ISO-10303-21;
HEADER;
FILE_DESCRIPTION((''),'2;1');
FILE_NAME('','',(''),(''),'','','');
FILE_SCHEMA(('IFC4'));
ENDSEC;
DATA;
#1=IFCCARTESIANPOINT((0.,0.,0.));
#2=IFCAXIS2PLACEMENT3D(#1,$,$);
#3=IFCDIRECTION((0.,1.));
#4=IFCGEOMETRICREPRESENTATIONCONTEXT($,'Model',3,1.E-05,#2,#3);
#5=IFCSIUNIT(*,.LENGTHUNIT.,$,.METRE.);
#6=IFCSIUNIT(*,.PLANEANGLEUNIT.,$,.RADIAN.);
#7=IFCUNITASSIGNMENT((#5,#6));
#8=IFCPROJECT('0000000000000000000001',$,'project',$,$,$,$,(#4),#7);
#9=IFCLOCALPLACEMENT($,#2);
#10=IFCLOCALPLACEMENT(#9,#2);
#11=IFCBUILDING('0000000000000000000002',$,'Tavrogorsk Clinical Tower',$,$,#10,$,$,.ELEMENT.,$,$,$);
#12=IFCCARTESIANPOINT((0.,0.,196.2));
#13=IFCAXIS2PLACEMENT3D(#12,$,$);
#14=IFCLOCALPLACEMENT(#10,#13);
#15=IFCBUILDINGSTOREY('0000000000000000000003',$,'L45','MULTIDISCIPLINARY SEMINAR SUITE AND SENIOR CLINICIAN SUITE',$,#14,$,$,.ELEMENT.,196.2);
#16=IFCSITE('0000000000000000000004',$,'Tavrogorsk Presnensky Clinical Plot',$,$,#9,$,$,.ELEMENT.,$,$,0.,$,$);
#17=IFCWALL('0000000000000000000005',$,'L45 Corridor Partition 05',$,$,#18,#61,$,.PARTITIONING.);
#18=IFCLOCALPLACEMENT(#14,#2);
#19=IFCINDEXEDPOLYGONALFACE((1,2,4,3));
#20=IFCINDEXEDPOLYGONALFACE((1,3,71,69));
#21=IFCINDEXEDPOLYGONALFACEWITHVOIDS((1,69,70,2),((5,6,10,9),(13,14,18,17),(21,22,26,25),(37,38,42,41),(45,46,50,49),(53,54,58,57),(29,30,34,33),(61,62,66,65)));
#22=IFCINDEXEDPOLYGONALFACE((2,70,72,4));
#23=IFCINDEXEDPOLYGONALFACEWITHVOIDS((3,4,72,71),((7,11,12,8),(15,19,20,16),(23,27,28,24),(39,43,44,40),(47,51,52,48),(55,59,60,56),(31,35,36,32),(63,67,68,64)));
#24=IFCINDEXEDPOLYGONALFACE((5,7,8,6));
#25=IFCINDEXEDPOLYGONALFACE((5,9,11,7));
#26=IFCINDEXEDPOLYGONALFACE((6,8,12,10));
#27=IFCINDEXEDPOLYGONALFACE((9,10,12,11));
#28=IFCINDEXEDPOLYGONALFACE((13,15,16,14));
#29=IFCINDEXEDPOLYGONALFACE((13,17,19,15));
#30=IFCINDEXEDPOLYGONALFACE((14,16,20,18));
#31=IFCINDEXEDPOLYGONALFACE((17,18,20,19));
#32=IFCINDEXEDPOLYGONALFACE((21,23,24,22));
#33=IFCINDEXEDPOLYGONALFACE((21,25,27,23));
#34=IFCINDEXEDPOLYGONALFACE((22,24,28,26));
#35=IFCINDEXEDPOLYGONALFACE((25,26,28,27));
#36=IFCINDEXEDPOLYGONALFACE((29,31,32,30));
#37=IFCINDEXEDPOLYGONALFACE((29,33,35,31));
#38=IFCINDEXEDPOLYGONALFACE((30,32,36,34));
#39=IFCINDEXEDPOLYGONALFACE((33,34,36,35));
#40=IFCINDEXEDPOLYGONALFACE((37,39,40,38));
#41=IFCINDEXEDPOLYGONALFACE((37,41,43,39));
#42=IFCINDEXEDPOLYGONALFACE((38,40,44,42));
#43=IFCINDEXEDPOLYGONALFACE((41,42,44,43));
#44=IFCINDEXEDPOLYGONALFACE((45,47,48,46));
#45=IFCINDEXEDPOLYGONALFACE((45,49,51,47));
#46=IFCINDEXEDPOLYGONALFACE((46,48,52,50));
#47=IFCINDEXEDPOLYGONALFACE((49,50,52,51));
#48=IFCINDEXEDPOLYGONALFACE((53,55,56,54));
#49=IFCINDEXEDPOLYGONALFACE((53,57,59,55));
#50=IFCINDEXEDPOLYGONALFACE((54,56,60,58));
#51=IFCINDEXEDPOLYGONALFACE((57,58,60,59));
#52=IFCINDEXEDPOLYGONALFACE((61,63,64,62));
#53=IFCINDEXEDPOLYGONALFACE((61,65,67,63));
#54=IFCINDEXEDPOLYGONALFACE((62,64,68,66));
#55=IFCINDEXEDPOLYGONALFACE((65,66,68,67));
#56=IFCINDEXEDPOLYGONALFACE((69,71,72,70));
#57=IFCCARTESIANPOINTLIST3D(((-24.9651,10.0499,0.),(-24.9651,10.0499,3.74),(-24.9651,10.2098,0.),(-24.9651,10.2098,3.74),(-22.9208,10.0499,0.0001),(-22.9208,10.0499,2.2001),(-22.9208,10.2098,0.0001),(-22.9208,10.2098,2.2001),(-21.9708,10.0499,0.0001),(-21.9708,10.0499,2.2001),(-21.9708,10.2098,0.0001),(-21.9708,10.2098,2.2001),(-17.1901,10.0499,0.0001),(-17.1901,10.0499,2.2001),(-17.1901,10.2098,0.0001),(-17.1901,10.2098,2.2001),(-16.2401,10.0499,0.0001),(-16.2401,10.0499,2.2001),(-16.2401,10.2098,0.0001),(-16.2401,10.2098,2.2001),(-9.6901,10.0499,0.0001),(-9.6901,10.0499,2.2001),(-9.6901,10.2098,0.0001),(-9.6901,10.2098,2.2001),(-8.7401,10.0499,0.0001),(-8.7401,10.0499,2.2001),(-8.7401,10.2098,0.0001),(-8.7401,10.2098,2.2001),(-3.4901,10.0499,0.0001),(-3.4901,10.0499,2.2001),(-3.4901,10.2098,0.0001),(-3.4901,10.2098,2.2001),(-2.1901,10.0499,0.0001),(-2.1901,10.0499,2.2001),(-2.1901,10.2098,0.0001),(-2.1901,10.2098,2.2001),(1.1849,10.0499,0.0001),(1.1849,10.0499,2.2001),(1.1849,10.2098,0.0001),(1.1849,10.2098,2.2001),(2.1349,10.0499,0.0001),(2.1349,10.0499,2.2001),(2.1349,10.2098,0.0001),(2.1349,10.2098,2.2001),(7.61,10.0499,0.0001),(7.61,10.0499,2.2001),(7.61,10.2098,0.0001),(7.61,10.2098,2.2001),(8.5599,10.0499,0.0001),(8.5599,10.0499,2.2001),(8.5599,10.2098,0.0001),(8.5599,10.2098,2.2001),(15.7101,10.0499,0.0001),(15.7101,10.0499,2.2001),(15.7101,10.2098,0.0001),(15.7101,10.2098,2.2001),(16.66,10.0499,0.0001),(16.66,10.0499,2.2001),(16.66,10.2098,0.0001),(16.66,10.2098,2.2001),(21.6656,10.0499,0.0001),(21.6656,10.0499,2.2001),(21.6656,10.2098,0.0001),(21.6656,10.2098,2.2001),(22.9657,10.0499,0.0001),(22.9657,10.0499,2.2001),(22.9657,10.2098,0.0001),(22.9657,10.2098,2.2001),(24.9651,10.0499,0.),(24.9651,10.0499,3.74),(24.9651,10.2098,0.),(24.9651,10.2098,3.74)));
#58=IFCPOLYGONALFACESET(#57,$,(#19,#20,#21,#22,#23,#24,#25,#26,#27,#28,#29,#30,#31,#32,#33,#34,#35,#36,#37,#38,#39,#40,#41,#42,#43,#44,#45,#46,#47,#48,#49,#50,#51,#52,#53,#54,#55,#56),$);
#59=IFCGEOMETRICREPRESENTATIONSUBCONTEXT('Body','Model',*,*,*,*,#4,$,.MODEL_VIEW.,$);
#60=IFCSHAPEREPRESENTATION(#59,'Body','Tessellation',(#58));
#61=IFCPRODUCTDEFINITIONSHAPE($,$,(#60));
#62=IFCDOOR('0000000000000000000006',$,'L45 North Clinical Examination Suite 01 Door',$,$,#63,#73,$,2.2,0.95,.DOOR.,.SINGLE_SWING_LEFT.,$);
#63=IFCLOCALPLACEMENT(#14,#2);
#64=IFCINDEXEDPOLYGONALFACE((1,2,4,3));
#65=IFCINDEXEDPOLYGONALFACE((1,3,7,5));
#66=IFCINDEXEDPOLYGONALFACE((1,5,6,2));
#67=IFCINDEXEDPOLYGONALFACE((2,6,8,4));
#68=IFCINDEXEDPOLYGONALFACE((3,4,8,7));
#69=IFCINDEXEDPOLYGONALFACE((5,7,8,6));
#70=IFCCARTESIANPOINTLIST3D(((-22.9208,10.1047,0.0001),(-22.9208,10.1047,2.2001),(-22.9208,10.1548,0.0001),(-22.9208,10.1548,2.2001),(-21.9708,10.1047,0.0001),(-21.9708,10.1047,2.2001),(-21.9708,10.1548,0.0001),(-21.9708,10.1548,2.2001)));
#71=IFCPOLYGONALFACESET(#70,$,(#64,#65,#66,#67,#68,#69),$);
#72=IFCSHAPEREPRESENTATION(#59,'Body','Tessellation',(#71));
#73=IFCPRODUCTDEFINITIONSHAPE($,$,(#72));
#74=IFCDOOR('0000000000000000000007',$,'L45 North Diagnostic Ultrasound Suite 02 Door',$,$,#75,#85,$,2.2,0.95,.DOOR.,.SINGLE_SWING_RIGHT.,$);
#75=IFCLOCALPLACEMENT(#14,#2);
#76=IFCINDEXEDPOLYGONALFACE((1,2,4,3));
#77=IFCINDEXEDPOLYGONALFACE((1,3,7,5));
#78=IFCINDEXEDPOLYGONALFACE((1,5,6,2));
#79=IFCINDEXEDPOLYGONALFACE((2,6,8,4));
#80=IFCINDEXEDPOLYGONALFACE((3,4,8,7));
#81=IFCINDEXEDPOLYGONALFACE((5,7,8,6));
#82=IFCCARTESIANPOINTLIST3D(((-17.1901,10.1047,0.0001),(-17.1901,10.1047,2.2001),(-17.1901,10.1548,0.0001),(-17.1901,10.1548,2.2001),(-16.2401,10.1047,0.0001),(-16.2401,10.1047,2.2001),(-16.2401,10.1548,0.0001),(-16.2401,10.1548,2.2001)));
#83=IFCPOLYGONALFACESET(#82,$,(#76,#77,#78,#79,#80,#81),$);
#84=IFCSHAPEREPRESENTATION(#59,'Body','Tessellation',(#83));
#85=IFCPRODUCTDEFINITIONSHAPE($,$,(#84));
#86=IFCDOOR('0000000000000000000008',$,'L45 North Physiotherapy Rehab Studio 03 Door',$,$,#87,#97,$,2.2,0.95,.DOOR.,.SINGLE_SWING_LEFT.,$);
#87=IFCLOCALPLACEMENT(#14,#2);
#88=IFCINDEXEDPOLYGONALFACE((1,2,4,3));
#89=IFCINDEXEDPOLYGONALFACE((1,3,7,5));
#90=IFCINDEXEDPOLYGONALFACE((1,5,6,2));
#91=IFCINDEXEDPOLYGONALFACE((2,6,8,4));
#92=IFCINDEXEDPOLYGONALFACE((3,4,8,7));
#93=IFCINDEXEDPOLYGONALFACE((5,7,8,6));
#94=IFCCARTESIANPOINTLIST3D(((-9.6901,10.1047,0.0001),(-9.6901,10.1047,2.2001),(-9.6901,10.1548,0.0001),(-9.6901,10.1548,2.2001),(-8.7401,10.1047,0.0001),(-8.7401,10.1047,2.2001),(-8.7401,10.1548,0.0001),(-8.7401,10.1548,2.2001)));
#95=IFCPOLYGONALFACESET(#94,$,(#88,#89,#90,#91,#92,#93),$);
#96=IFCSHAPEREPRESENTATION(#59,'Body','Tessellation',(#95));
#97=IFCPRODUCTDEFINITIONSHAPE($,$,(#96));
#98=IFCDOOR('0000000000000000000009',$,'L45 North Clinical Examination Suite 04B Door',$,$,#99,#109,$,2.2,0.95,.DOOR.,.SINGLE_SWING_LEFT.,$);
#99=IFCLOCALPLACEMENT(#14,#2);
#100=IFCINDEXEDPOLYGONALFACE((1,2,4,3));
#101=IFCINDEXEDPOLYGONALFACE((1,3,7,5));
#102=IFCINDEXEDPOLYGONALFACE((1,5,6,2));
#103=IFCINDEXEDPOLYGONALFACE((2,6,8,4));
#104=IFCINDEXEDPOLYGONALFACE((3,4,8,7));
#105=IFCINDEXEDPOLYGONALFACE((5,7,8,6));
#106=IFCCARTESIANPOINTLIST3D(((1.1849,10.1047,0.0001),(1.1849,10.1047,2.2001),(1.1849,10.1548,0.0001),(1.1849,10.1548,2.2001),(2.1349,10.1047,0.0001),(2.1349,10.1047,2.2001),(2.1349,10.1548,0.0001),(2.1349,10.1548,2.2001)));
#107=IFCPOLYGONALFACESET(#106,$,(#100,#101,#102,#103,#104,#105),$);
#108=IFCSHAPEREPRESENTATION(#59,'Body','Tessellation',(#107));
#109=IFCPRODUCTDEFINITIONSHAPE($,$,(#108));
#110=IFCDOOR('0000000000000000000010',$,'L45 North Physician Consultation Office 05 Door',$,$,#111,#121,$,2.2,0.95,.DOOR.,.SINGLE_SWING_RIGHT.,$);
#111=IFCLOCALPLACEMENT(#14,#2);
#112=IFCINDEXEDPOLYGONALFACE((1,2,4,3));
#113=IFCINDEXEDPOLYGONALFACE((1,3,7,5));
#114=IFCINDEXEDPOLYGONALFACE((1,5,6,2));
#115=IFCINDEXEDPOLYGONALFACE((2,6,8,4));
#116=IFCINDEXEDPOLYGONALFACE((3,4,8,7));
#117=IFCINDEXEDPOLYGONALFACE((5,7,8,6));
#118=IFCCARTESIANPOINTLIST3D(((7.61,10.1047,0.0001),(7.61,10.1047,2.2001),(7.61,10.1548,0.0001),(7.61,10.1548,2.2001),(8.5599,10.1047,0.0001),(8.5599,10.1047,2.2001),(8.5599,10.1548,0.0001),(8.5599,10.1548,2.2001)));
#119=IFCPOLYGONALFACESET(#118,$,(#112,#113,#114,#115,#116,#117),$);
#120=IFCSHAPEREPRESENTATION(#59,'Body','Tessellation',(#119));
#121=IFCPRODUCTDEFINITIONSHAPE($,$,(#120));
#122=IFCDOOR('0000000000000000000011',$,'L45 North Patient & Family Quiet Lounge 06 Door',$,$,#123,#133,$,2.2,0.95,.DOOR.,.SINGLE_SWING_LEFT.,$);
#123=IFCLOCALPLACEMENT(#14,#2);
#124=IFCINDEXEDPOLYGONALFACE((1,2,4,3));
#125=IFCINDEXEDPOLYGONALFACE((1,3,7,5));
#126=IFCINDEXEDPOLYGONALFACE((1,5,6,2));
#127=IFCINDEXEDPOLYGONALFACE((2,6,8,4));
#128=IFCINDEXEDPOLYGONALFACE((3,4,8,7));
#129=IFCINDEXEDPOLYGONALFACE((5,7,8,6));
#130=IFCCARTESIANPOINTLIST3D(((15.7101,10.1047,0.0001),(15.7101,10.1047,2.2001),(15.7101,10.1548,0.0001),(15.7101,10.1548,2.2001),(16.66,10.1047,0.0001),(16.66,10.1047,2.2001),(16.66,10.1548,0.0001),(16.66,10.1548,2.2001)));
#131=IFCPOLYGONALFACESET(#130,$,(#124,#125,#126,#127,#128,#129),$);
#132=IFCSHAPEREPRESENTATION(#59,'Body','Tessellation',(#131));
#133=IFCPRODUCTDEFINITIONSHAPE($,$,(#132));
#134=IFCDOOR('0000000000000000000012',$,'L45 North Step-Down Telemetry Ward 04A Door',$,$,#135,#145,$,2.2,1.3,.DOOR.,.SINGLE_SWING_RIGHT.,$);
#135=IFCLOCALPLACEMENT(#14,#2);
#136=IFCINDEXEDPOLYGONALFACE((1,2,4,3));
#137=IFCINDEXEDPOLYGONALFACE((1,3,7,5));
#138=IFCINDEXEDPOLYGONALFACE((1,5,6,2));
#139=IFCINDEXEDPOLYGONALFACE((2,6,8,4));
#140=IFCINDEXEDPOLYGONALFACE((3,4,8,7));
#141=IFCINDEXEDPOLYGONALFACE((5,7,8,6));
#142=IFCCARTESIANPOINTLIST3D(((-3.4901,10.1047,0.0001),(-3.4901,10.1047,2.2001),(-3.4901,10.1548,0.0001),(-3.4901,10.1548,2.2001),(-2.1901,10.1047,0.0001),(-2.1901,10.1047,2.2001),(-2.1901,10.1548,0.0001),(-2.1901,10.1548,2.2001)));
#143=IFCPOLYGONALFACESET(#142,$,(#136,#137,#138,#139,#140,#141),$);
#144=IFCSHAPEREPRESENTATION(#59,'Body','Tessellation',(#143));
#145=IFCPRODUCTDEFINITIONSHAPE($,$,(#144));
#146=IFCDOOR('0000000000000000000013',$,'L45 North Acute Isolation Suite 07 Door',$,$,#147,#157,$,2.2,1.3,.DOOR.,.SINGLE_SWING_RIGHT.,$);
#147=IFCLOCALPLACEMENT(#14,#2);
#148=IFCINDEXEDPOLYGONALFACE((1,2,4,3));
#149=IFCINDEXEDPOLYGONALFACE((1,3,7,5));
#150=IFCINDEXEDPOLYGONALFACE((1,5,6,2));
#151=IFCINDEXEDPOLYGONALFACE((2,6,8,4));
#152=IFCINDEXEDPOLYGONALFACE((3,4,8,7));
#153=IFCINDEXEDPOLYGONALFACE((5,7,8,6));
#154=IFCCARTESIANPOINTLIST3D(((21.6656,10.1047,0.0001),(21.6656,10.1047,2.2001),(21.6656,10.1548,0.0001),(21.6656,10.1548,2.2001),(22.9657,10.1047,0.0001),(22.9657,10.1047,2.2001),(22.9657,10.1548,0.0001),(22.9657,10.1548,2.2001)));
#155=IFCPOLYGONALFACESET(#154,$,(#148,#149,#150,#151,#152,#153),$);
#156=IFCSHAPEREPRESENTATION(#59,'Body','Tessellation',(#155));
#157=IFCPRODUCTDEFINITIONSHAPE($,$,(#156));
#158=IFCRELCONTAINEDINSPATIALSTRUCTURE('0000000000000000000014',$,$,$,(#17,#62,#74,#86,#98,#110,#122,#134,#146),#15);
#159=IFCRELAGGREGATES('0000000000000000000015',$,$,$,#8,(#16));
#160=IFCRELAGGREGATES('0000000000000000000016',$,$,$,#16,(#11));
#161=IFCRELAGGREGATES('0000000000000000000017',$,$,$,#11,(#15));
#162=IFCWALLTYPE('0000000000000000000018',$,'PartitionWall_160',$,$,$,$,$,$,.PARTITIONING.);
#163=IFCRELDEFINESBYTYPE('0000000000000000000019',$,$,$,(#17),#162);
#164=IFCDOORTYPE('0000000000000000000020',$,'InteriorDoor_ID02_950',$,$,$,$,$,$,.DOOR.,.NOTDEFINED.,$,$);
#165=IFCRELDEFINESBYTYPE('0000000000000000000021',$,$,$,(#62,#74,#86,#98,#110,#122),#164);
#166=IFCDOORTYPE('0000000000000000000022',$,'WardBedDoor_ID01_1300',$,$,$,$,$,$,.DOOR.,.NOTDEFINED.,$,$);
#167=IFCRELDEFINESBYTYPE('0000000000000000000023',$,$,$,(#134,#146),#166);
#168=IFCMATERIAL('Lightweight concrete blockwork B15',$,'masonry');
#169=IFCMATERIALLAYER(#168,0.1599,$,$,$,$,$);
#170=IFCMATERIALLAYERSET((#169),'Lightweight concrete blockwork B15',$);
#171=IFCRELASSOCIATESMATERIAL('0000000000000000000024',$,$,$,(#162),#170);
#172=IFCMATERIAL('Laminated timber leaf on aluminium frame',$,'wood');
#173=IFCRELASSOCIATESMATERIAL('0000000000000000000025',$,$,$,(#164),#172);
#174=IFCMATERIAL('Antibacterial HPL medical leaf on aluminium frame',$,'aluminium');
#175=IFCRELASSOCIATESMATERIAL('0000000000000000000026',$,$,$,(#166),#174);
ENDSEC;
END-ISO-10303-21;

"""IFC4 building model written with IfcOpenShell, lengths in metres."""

from ifc_helpers import new_model, si_unit, direction, frame, frame_2d, origin, place, context, subcontext, project, spatial, rectangle, extrude, material, layer, layer_set, type_object, element, fill, save


model = new_model("IFC4")

# Units and contexts
model_context = context("Model", 3, precision=1e-05, world=origin(), true_north=direction((0.0, 1.0)))
body_context = subcontext(model_context, "Body", "Model", "MODEL_VIEW")
ifc_project = project(units=[si_unit("LENGTHUNIT", "METRE"), si_unit("PLANEANGLEUNIT", "RADIAN")], contexts=[model_context])

# Site, building, storey
site_placement = place(None, origin())
site = spatial("IfcSite", under=ifc_project, at=site_placement, Name="Tavrogorsk Presnensky Clinical Plot", CompositionType="ELEMENT", RefElevation=0.0)
building_placement = place(site_placement, origin())
building = spatial("IfcBuilding", under=site, at=building_placement, Name="Tavrogorsk Clinical Tower", CompositionType="ELEMENT")
storey_placement = place(building_placement, frame((0.0, 0.0, 196.2)))
storey = spatial("IfcBuildingStorey", under=building, at=storey_placement, Name="L45", Description="MULTIDISCIPLINARY SEMINAR SUITE AND SENIOR CLINICIAN SUITE", CompositionType="ELEMENT", Elevation=196.2)

# Shared definitions
ifc_material_1 = material(Name="Lightweight concrete blockwork B15", Category="masonry")
ifc_layer_1 = layer(ifc_material_1, 0.1599)
ifc_layer_set_1 = layer_set([ifc_layer_1], Name="Lightweight concrete blockwork B15")
wall_type_1 = type_object("IfcWallType", Name="PartitionWall_160", PredefinedType="PARTITIONING", material=ifc_layer_set_1)
ifc_material_2 = material(Name="Laminated timber leaf on aluminium frame", Category="wood")
door_type_1 = type_object("IfcDoorType", Name="InteriorDoor_ID02_950", OperationType="NOTDEFINED", PredefinedType="DOOR", material=ifc_material_2)

# Wall, openings, doors
wall_1_placement = place(storey_placement, frame((-24.9651, 10.1299, 0.0), z_axis=(0.0, 0.0, 1.0), x_axis=(1.0, 0.0, 0.0)))
wall_1 = element("IfcWall", 1, at=wall_1_placement, inside=storey, type_object=wall_type_1, Name="L45 Corridor Partition 05", PredefinedType="PARTITIONING", context=body_context, shape_type="SweptSolid", body=[
    extrude(rectangle(XDim=49.9302, YDim=0.1599, at=frame_2d((24.9651, 0.0))), origin(), (0.0, 0.0, 1.0), 3.74),
])
opening_1_placement = place(wall_1_placement, frame((2.0442, 0.0, 0.0)))
opening_1 = element("IfcOpeningElement", 2, at=opening_1_placement, cuts=wall_1, PredefinedType="OPENING", context=body_context, shape_type="SweptSolid", body=[
    extrude(rectangle(XDim=0.95, YDim=2.2, at=frame_2d((0.4751, 1.1001))), frame((0.0, 0.0898, 0.0), z_axis=(0.0, -1.0, 0.0), x_axis=(1.0, 0.0, 0.0)), (0.0, 0.0, 1.0), 0.1799),
])
opening_2_placement = place(wall_1_placement, frame((7.7749, 0.0, 0.0)))
opening_2 = element("IfcOpeningElement", 3, at=opening_2_placement, cuts=wall_1, PredefinedType="OPENING", context=body_context, shape_type="SweptSolid", body=[
    extrude(rectangle(XDim=0.95, YDim=2.2, at=frame_2d((0.4751, 1.1001))), frame((0.0, 0.0898, 0.0), z_axis=(0.0, -1.0, 0.0), x_axis=(1.0, 0.0, 0.0)), (0.0, 0.0, 1.0), 0.1799),
])
opening_3_placement = place(wall_1_placement, frame((15.2749, 0.0, 0.0)))
opening_3 = element("IfcOpeningElement", 4, at=opening_3_placement, cuts=wall_1, PredefinedType="OPENING", context=body_context, shape_type="SweptSolid", body=[
    extrude(rectangle(XDim=0.95, YDim=2.2, at=frame_2d((0.4751, 1.1001))), frame((0.0, 0.0898, 0.0), z_axis=(0.0, -1.0, 0.0), x_axis=(1.0, 0.0, 0.0)), (0.0, 0.0, 1.0), 0.1799),
])
opening_4_placement = place(wall_1_placement, frame((21.4751, 0.0, 0.0)))
opening_4 = element("IfcOpeningElement", 5, at=opening_4_placement, cuts=wall_1, PredefinedType="OPENING", context=body_context, shape_type="SweptSolid", body=[
    extrude(rectangle(XDim=1.3, YDim=2.2, at=frame_2d((0.6499, 1.1001))), frame((0.0, 0.0898, 0.0), z_axis=(0.0, -1.0, 0.0), x_axis=(1.0, 0.0, 0.0)), (0.0, 0.0, 1.0), 0.1799),
])
opening_5_placement = place(wall_1_placement, frame((26.1499, 0.0, 0.0)))
opening_5 = element("IfcOpeningElement", 6, at=opening_5_placement, cuts=wall_1, PredefinedType="OPENING", context=body_context, shape_type="SweptSolid", body=[
    extrude(rectangle(XDim=0.95, YDim=2.2, at=frame_2d((0.4751, 1.1001))), frame((0.0, 0.0898, 0.0), z_axis=(0.0, -1.0, 0.0), x_axis=(1.0, 0.0, 0.0)), (0.0, 0.0, 1.0), 0.1799),
])
opening_6_placement = place(wall_1_placement, frame((32.575, 0.0, 0.0)))
opening_6 = element("IfcOpeningElement", 7, at=opening_6_placement, cuts=wall_1, PredefinedType="OPENING", context=body_context, shape_type="SweptSolid", body=[
    extrude(rectangle(XDim=0.95, YDim=2.2, at=frame_2d((0.4751, 1.1001))), frame((0.0, 0.0898, 0.0), z_axis=(0.0, -1.0, 0.0), x_axis=(1.0, 0.0, 0.0)), (0.0, 0.0, 1.0), 0.1799),
])
opening_7_placement = place(wall_1_placement, frame((40.675, 0.0, 0.0)))
opening_7 = element("IfcOpeningElement", 8, at=opening_7_placement, cuts=wall_1, PredefinedType="OPENING", context=body_context, shape_type="SweptSolid", body=[
    extrude(rectangle(XDim=0.95, YDim=2.2, at=frame_2d((0.4751, 1.1001))), frame((0.0, 0.0898, 0.0), z_axis=(0.0, -1.0, 0.0), x_axis=(1.0, 0.0, 0.0)), (0.0, 0.0, 1.0), 0.1799),
])
opening_8_placement = place(wall_1_placement, frame((46.6309, 0.0, 0.0)))
opening_8 = element("IfcOpeningElement", 9, at=opening_8_placement, cuts=wall_1, PredefinedType="OPENING", context=body_context, shape_type="SweptSolid", body=[
    extrude(rectangle(XDim=1.3, YDim=2.2, at=frame_2d((0.6499, 1.1001))), frame((0.0, 0.0898, 0.0), z_axis=(0.0, -1.0, 0.0), x_axis=(1.0, 0.0, 0.0)), (0.0, 0.0, 1.0), 0.1799),
])
door_1_placement = place(opening_1_placement, origin())
door_1 = element("IfcDoor", 10, at=door_1_placement, inside=storey, type_object=door_type_1, Name="L45 North Clinical Examination Suite 01 Door", OperationType="SINGLE_SWING_LEFT", OverallHeight=2.2, OverallWidth=0.95, PredefinedType="DOOR", context=body_context, shape_type="SweptSolid", body=[
    extrude(rectangle(XDim=0.95, YDim=2.2, at=frame_2d((0.4751, 1.1001))), frame((0.0, 0.0249, 0.0), z_axis=(0.0, -1.0, 0.0), x_axis=(1.0, 0.0, 0.0)), (0.0, 0.0, 1.0), 0.05),
])
fill(opening_1, door_1)
door_2_placement = place(opening_2_placement, origin())
door_2 = element("IfcDoor", 11, at=door_2_placement, inside=storey, type_object=door_type_1, Name="L45 North Diagnostic Ultrasound Suite 02 Door", OperationType="SINGLE_SWING_RIGHT", OverallHeight=2.2, OverallWidth=0.95, PredefinedType="DOOR", context=body_context, shape_type="SweptSolid", body=[
    extrude(rectangle(XDim=0.95, YDim=2.2, at=frame_2d((0.4751, 1.1001))), frame((0.0, 0.0249, 0.0), z_axis=(0.0, -1.0, 0.0), x_axis=(1.0, 0.0, 0.0)), (0.0, 0.0, 1.0), 0.05),
])
fill(opening_2, door_2)
door_3_placement = place(opening_3_placement, origin())
door_3 = element("IfcDoor", 12, at=door_3_placement, inside=storey, type_object=door_type_1, Name="L45 North Physiotherapy Rehab Studio 03 Door", OperationType="SINGLE_SWING_LEFT", OverallHeight=2.2, OverallWidth=0.95, PredefinedType="DOOR", context=body_context, shape_type="SweptSolid", body=[
    extrude(rectangle(XDim=0.95, YDim=2.2, at=frame_2d((0.4751, 1.1001))), frame((0.0, 0.0249, 0.0), z_axis=(0.0, -1.0, 0.0), x_axis=(1.0, 0.0, 0.0)), (0.0, 0.0, 1.0), 0.05),
])
fill(opening_3, door_3)
door_4_placement = place(opening_5_placement, origin())
door_4 = element("IfcDoor", 13, at=door_4_placement, inside=storey, type_object=door_type_1, Name="L45 North Clinical Examination Suite 04B Door", OperationType="SINGLE_SWING_LEFT", OverallHeight=2.2, OverallWidth=0.95, PredefinedType="DOOR", context=body_context, shape_type="SweptSolid", body=[
    extrude(rectangle(XDim=0.95, YDim=2.2, at=frame_2d((0.4751, 1.1001))), frame((0.0, 0.0249, 0.0), z_axis=(0.0, -1.0, 0.0), x_axis=(1.0, 0.0, 0.0)), (0.0, 0.0, 1.0), 0.05),
])
fill(opening_5, door_4)
door_5_placement = place(opening_6_placement, origin())
door_5 = element("IfcDoor", 14, at=door_5_placement, inside=storey, type_object=door_type_1, Name="L45 North Physician Consultation Office 05 Door", OperationType="SINGLE_SWING_RIGHT", OverallHeight=2.2, OverallWidth=0.95, PredefinedType="DOOR", context=body_context, shape_type="SweptSolid", body=[
    extrude(rectangle(XDim=0.95, YDim=2.2, at=frame_2d((0.4751, 1.1001))), frame((0.0, 0.0249, 0.0), z_axis=(0.0, -1.0, 0.0), x_axis=(1.0, 0.0, 0.0)), (0.0, 0.0, 1.0), 0.05),
])
fill(opening_6, door_5)
door_6_placement = place(opening_7_placement, origin())
door_6 = element("IfcDoor", 15, at=door_6_placement, inside=storey, type_object=door_type_1, Name="L45 North Patient & Family Quiet Lounge 06 Door", OperationType="SINGLE_SWING_LEFT", OverallHeight=2.2, OverallWidth=0.95, PredefinedType="DOOR", context=body_context, shape_type="SweptSolid", body=[
    extrude(rectangle(XDim=0.95, YDim=2.2, at=frame_2d((0.4751, 1.1001))), frame((0.0, 0.0249, 0.0), z_axis=(0.0, -1.0, 0.0), x_axis=(1.0, 0.0, 0.0)), (0.0, 0.0, 1.0), 0.05),
])
fill(opening_7, door_6)
ifc_material_3 = material(Name="Antibacterial HPL medical leaf on aluminium frame", Category="aluminium")
door_type_2 = type_object("IfcDoorType", Name="WardBedDoor_ID01_1300", OperationType="NOTDEFINED", PredefinedType="DOOR", material=ifc_material_3)
door_7_placement = place(opening_4_placement, origin())
door_7 = element("IfcDoor", 16, at=door_7_placement, inside=storey, type_object=door_type_2, Name="L45 North Step-Down Telemetry Ward 04A Door", OperationType="SINGLE_SWING_RIGHT", OverallHeight=2.2, OverallWidth=1.3, PredefinedType="DOOR", context=body_context, shape_type="SweptSolid", body=[
    extrude(rectangle(XDim=1.3, YDim=2.2, at=frame_2d((0.6499, 1.1001))), frame((0.0, 0.0249, 0.0), z_axis=(0.0, -1.0, 0.0), x_axis=(1.0, 0.0, 0.0)), (0.0, 0.0, 1.0), 0.05),
])
fill(opening_4, door_7)
door_8_placement = place(opening_8_placement, origin())
door_8 = element("IfcDoor", 17, at=door_8_placement, inside=storey, type_object=door_type_2, Name="L45 North Acute Isolation Suite 07 Door", OperationType="SINGLE_SWING_RIGHT", OverallHeight=2.2, OverallWidth=1.3, PredefinedType="DOOR", context=body_context, shape_type="SweptSolid", body=[
    extrude(rectangle(XDim=1.3, YDim=2.2, at=frame_2d((0.6499, 1.1001))), frame((0.0, 0.0249, 0.0), z_axis=(0.0, -1.0, 0.0), x_axis=(1.0, 0.0, 0.0)), (0.0, 0.0, 1.0), 0.05),
])
fill(opening_8, door_8)

save(model, "model.ifc")
